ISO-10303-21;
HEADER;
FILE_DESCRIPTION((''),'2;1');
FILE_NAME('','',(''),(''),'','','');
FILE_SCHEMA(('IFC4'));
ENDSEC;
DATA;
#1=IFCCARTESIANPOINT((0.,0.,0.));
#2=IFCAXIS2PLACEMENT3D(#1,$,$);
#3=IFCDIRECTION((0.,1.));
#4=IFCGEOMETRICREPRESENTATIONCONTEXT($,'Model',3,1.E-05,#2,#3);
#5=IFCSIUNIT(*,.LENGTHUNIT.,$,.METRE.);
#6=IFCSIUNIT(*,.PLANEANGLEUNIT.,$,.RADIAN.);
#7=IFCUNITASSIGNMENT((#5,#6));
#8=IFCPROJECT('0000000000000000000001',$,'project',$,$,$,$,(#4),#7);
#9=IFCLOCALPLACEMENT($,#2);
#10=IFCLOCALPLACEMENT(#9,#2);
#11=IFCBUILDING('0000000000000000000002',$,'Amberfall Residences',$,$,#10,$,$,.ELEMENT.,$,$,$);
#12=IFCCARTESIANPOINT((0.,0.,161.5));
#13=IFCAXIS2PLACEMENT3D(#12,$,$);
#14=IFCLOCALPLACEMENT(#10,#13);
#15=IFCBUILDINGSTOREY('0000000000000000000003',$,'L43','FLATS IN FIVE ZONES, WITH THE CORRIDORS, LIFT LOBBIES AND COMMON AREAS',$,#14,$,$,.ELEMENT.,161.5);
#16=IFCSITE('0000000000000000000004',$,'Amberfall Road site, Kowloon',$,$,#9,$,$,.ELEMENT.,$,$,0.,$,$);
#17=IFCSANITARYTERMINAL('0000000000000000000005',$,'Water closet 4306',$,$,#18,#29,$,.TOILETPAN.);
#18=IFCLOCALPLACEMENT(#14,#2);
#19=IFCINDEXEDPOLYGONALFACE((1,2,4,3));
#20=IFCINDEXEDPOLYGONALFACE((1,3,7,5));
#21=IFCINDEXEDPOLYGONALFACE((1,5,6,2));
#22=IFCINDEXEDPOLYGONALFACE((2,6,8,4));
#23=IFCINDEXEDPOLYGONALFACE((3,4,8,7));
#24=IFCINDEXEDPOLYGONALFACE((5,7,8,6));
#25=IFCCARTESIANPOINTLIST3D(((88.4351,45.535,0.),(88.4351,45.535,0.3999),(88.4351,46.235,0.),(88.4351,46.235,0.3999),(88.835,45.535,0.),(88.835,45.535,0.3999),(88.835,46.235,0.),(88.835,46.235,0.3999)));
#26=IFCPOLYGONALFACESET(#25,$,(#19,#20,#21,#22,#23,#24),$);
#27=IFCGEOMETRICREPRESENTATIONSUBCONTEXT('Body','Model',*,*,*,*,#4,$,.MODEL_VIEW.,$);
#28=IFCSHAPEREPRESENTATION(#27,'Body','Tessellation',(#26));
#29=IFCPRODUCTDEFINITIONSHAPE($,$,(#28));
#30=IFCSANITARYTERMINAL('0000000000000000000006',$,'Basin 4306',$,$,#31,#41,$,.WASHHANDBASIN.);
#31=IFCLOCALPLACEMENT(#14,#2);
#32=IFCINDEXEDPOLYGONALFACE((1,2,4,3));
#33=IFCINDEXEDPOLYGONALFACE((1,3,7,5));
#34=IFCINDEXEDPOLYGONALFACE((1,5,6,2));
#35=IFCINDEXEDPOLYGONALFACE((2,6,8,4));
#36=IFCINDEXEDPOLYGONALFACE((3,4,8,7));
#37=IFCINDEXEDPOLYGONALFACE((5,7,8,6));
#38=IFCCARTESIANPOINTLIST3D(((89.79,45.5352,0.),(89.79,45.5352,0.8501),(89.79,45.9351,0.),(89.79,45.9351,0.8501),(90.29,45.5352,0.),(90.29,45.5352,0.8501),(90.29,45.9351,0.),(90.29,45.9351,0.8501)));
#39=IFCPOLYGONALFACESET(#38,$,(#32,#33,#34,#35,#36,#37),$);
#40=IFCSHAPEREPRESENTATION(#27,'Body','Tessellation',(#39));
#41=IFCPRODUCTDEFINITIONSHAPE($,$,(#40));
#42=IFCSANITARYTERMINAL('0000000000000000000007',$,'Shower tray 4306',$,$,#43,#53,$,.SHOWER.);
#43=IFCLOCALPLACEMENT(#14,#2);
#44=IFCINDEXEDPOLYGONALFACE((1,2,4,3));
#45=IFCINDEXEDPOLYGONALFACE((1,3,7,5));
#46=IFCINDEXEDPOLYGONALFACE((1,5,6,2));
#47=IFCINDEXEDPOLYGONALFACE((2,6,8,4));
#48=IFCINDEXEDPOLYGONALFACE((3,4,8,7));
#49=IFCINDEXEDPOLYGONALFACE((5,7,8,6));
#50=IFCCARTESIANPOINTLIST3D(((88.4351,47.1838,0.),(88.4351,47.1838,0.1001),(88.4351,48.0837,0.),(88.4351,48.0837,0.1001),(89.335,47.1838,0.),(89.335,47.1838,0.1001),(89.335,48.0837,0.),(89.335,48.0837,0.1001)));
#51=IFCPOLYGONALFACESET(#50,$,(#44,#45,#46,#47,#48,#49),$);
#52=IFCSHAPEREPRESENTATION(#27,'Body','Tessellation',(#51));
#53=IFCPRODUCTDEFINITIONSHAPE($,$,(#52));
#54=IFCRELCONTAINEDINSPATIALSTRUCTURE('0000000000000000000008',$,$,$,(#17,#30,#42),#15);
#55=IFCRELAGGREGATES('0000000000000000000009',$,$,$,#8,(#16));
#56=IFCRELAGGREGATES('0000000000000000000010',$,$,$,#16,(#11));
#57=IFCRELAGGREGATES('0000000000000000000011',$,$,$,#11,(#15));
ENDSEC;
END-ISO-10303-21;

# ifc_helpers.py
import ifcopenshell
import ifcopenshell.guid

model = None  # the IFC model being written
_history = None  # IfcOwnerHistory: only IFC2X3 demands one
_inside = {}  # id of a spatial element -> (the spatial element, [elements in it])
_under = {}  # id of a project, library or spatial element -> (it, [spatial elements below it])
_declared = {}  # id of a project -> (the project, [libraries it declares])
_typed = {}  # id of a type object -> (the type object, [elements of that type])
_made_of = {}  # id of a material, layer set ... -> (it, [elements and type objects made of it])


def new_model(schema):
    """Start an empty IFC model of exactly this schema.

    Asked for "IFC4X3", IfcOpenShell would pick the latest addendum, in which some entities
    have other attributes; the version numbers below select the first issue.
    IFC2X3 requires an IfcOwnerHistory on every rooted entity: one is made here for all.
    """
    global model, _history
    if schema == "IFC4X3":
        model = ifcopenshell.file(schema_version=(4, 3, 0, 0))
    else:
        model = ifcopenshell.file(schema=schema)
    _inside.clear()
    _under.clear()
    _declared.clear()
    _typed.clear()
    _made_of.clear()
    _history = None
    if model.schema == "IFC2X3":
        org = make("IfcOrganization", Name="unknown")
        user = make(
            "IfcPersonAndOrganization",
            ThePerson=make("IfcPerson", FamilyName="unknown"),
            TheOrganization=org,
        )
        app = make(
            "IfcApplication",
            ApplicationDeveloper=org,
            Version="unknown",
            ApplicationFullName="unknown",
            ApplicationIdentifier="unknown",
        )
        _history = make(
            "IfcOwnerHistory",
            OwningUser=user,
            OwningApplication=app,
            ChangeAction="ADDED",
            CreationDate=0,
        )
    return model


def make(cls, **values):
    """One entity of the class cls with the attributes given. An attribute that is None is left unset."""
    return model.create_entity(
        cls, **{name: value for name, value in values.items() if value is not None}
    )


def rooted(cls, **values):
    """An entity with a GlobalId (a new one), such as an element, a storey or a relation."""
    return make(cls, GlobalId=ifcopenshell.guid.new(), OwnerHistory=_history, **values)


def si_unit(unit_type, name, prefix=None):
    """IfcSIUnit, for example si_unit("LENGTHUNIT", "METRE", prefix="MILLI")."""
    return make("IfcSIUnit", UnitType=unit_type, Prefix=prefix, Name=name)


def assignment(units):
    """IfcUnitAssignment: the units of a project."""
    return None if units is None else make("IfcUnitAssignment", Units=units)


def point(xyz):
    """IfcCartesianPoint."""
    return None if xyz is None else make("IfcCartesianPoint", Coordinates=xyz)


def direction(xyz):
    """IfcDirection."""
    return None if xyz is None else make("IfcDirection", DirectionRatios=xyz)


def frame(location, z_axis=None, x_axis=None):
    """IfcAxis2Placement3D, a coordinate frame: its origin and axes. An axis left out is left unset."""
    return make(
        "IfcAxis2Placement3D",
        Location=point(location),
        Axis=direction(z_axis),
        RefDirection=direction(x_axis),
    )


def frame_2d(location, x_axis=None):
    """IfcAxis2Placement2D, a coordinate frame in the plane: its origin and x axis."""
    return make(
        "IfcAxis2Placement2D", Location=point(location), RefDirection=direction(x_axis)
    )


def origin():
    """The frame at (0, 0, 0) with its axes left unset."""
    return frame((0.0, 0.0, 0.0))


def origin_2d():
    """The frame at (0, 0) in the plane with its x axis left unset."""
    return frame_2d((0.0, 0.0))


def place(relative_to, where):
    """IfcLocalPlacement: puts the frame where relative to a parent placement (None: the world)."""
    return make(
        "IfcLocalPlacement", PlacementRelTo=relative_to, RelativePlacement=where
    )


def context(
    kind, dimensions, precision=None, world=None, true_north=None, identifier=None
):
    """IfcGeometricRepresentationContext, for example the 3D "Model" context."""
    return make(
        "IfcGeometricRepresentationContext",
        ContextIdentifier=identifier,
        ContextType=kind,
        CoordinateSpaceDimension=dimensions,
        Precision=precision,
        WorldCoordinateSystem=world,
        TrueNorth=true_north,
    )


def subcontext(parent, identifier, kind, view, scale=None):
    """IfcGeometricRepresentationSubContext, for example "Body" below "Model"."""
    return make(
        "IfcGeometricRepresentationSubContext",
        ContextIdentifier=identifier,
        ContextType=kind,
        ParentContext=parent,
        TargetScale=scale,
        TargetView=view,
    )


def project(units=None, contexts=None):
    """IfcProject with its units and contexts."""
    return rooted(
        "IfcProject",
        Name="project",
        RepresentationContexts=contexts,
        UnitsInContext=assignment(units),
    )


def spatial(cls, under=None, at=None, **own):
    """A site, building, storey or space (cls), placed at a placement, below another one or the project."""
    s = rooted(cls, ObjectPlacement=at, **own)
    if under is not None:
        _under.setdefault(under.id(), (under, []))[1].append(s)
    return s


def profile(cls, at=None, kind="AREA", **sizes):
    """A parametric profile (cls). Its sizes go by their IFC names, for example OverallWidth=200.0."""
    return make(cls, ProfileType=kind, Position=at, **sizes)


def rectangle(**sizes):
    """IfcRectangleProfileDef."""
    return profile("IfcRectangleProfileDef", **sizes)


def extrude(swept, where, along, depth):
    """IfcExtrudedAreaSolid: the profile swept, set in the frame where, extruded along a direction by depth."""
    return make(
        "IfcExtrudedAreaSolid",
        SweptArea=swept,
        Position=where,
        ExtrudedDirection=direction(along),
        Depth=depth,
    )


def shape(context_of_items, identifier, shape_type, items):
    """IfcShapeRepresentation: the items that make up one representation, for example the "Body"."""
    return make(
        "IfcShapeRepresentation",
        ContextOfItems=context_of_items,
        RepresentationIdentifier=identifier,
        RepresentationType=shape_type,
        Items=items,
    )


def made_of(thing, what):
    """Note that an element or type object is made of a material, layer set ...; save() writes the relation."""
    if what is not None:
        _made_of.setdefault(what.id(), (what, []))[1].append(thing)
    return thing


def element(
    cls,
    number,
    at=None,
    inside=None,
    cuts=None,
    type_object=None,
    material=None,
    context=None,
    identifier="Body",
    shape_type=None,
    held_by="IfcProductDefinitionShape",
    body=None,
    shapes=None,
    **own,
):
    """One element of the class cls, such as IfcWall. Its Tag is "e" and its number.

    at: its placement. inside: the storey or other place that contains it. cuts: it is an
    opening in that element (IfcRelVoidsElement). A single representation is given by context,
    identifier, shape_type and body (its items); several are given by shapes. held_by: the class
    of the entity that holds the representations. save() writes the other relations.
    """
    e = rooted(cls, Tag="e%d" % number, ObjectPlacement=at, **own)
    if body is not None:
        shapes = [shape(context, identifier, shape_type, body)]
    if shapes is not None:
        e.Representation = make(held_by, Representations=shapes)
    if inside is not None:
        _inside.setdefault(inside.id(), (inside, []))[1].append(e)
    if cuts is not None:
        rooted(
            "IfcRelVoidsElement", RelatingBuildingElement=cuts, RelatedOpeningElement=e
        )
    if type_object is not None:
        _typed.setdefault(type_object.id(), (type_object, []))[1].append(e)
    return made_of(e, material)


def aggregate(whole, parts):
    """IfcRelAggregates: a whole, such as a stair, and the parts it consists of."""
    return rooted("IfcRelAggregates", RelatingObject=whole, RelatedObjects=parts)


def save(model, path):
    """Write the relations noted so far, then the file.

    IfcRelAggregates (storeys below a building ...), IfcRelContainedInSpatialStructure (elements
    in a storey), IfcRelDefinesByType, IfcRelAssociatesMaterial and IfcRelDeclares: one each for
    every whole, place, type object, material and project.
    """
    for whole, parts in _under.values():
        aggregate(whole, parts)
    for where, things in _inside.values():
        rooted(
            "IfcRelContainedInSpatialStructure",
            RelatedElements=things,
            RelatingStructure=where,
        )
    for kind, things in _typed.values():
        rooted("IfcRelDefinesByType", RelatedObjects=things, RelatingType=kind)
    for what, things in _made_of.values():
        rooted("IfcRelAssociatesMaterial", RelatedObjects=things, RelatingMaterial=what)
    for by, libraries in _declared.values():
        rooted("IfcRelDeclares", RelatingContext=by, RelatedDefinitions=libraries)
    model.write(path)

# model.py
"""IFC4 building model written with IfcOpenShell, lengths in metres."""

from ifc_helpers import new_model, si_unit, direction, frame, origin, origin_2d, place, context, subcontext, project, spatial, rectangle, extrude, element, save


model = new_model("IFC4")

# Units and contexts
model_context = context("Model", 3, precision=1e-05, world=origin(), true_north=direction((0.0, 1.0)))
body_context = subcontext(model_context, "Body", "Model", "MODEL_VIEW")
ifc_project = project(units=[si_unit("LENGTHUNIT", "METRE"), si_unit("PLANEANGLEUNIT", "RADIAN")], contexts=[model_context])

# Site, building, storey
site_placement = place(None, origin())
site = spatial("IfcSite", under=ifc_project, at=site_placement, Name="Amberfall Road site, Kowloon", CompositionType="ELEMENT", RefElevation=0.0)
building_placement = place(site_placement, origin())
building = spatial("IfcBuilding", under=site, at=building_placement, Name="Amberfall Residences", CompositionType="ELEMENT")
storey_placement = place(building_placement, frame((0.0, 0.0, 161.5)))
storey = spatial("IfcBuildingStorey", under=building, at=storey_placement, Name="L43", Description="FLATS IN FIVE ZONES, WITH THE CORRIDORS, LIFT LOBBIES AND COMMON AREAS", CompositionType="ELEMENT", Elevation=161.5)

# Sanitary terminals
sanitary_terminal_1_placement = place(storey_placement, frame((88.635, 45.885, 0.0), z_axis=(0.0, 0.0, 1.0), x_axis=(1.0, 0.0, 0.0)))
element("IfcSanitaryTerminal", 1, at=sanitary_terminal_1_placement, inside=storey, Name="Water closet 4306", PredefinedType="TOILETPAN", context=body_context, shape_type="SweptSolid", body=[
    extrude(rectangle(XDim=0.3999, YDim=0.7, at=origin_2d()), origin(), (0.0, 0.0, 1.0), 0.3999),
])
sanitary_terminal_2_placement = place(storey_placement, frame((90.04, 45.7351, 0.0), z_axis=(0.0, 0.0, 1.0), x_axis=(1.0, 0.0, 0.0)))
element("IfcSanitaryTerminal", 2, at=sanitary_terminal_2_placement, inside=storey, Name="Basin 4306", PredefinedType="WASHHANDBASIN", context=body_context, shape_type="SweptSolid", body=[
    extrude(rectangle(XDim=0.5, YDim=0.3999, at=origin_2d()), origin(), (0.0, 0.0, 1.0), 0.8501),
])
sanitary_terminal_3_placement = place(storey_placement, frame((88.885, 47.6338, 0.0), z_axis=(0.0, 0.0, 1.0), x_axis=(1.0, 0.0, 0.0)))
element("IfcSanitaryTerminal", 3, at=sanitary_terminal_3_placement, inside=storey, Name="Shower tray 4306", PredefinedType="SHOWER", context=body_context, shape_type="SweptSolid", body=[
    extrude(rectangle(XDim=0.8999, YDim=0.8999, at=origin_2d()), origin(), (0.0, 0.0, 1.0), 0.1001),
])

save(model, "model.ifc")
